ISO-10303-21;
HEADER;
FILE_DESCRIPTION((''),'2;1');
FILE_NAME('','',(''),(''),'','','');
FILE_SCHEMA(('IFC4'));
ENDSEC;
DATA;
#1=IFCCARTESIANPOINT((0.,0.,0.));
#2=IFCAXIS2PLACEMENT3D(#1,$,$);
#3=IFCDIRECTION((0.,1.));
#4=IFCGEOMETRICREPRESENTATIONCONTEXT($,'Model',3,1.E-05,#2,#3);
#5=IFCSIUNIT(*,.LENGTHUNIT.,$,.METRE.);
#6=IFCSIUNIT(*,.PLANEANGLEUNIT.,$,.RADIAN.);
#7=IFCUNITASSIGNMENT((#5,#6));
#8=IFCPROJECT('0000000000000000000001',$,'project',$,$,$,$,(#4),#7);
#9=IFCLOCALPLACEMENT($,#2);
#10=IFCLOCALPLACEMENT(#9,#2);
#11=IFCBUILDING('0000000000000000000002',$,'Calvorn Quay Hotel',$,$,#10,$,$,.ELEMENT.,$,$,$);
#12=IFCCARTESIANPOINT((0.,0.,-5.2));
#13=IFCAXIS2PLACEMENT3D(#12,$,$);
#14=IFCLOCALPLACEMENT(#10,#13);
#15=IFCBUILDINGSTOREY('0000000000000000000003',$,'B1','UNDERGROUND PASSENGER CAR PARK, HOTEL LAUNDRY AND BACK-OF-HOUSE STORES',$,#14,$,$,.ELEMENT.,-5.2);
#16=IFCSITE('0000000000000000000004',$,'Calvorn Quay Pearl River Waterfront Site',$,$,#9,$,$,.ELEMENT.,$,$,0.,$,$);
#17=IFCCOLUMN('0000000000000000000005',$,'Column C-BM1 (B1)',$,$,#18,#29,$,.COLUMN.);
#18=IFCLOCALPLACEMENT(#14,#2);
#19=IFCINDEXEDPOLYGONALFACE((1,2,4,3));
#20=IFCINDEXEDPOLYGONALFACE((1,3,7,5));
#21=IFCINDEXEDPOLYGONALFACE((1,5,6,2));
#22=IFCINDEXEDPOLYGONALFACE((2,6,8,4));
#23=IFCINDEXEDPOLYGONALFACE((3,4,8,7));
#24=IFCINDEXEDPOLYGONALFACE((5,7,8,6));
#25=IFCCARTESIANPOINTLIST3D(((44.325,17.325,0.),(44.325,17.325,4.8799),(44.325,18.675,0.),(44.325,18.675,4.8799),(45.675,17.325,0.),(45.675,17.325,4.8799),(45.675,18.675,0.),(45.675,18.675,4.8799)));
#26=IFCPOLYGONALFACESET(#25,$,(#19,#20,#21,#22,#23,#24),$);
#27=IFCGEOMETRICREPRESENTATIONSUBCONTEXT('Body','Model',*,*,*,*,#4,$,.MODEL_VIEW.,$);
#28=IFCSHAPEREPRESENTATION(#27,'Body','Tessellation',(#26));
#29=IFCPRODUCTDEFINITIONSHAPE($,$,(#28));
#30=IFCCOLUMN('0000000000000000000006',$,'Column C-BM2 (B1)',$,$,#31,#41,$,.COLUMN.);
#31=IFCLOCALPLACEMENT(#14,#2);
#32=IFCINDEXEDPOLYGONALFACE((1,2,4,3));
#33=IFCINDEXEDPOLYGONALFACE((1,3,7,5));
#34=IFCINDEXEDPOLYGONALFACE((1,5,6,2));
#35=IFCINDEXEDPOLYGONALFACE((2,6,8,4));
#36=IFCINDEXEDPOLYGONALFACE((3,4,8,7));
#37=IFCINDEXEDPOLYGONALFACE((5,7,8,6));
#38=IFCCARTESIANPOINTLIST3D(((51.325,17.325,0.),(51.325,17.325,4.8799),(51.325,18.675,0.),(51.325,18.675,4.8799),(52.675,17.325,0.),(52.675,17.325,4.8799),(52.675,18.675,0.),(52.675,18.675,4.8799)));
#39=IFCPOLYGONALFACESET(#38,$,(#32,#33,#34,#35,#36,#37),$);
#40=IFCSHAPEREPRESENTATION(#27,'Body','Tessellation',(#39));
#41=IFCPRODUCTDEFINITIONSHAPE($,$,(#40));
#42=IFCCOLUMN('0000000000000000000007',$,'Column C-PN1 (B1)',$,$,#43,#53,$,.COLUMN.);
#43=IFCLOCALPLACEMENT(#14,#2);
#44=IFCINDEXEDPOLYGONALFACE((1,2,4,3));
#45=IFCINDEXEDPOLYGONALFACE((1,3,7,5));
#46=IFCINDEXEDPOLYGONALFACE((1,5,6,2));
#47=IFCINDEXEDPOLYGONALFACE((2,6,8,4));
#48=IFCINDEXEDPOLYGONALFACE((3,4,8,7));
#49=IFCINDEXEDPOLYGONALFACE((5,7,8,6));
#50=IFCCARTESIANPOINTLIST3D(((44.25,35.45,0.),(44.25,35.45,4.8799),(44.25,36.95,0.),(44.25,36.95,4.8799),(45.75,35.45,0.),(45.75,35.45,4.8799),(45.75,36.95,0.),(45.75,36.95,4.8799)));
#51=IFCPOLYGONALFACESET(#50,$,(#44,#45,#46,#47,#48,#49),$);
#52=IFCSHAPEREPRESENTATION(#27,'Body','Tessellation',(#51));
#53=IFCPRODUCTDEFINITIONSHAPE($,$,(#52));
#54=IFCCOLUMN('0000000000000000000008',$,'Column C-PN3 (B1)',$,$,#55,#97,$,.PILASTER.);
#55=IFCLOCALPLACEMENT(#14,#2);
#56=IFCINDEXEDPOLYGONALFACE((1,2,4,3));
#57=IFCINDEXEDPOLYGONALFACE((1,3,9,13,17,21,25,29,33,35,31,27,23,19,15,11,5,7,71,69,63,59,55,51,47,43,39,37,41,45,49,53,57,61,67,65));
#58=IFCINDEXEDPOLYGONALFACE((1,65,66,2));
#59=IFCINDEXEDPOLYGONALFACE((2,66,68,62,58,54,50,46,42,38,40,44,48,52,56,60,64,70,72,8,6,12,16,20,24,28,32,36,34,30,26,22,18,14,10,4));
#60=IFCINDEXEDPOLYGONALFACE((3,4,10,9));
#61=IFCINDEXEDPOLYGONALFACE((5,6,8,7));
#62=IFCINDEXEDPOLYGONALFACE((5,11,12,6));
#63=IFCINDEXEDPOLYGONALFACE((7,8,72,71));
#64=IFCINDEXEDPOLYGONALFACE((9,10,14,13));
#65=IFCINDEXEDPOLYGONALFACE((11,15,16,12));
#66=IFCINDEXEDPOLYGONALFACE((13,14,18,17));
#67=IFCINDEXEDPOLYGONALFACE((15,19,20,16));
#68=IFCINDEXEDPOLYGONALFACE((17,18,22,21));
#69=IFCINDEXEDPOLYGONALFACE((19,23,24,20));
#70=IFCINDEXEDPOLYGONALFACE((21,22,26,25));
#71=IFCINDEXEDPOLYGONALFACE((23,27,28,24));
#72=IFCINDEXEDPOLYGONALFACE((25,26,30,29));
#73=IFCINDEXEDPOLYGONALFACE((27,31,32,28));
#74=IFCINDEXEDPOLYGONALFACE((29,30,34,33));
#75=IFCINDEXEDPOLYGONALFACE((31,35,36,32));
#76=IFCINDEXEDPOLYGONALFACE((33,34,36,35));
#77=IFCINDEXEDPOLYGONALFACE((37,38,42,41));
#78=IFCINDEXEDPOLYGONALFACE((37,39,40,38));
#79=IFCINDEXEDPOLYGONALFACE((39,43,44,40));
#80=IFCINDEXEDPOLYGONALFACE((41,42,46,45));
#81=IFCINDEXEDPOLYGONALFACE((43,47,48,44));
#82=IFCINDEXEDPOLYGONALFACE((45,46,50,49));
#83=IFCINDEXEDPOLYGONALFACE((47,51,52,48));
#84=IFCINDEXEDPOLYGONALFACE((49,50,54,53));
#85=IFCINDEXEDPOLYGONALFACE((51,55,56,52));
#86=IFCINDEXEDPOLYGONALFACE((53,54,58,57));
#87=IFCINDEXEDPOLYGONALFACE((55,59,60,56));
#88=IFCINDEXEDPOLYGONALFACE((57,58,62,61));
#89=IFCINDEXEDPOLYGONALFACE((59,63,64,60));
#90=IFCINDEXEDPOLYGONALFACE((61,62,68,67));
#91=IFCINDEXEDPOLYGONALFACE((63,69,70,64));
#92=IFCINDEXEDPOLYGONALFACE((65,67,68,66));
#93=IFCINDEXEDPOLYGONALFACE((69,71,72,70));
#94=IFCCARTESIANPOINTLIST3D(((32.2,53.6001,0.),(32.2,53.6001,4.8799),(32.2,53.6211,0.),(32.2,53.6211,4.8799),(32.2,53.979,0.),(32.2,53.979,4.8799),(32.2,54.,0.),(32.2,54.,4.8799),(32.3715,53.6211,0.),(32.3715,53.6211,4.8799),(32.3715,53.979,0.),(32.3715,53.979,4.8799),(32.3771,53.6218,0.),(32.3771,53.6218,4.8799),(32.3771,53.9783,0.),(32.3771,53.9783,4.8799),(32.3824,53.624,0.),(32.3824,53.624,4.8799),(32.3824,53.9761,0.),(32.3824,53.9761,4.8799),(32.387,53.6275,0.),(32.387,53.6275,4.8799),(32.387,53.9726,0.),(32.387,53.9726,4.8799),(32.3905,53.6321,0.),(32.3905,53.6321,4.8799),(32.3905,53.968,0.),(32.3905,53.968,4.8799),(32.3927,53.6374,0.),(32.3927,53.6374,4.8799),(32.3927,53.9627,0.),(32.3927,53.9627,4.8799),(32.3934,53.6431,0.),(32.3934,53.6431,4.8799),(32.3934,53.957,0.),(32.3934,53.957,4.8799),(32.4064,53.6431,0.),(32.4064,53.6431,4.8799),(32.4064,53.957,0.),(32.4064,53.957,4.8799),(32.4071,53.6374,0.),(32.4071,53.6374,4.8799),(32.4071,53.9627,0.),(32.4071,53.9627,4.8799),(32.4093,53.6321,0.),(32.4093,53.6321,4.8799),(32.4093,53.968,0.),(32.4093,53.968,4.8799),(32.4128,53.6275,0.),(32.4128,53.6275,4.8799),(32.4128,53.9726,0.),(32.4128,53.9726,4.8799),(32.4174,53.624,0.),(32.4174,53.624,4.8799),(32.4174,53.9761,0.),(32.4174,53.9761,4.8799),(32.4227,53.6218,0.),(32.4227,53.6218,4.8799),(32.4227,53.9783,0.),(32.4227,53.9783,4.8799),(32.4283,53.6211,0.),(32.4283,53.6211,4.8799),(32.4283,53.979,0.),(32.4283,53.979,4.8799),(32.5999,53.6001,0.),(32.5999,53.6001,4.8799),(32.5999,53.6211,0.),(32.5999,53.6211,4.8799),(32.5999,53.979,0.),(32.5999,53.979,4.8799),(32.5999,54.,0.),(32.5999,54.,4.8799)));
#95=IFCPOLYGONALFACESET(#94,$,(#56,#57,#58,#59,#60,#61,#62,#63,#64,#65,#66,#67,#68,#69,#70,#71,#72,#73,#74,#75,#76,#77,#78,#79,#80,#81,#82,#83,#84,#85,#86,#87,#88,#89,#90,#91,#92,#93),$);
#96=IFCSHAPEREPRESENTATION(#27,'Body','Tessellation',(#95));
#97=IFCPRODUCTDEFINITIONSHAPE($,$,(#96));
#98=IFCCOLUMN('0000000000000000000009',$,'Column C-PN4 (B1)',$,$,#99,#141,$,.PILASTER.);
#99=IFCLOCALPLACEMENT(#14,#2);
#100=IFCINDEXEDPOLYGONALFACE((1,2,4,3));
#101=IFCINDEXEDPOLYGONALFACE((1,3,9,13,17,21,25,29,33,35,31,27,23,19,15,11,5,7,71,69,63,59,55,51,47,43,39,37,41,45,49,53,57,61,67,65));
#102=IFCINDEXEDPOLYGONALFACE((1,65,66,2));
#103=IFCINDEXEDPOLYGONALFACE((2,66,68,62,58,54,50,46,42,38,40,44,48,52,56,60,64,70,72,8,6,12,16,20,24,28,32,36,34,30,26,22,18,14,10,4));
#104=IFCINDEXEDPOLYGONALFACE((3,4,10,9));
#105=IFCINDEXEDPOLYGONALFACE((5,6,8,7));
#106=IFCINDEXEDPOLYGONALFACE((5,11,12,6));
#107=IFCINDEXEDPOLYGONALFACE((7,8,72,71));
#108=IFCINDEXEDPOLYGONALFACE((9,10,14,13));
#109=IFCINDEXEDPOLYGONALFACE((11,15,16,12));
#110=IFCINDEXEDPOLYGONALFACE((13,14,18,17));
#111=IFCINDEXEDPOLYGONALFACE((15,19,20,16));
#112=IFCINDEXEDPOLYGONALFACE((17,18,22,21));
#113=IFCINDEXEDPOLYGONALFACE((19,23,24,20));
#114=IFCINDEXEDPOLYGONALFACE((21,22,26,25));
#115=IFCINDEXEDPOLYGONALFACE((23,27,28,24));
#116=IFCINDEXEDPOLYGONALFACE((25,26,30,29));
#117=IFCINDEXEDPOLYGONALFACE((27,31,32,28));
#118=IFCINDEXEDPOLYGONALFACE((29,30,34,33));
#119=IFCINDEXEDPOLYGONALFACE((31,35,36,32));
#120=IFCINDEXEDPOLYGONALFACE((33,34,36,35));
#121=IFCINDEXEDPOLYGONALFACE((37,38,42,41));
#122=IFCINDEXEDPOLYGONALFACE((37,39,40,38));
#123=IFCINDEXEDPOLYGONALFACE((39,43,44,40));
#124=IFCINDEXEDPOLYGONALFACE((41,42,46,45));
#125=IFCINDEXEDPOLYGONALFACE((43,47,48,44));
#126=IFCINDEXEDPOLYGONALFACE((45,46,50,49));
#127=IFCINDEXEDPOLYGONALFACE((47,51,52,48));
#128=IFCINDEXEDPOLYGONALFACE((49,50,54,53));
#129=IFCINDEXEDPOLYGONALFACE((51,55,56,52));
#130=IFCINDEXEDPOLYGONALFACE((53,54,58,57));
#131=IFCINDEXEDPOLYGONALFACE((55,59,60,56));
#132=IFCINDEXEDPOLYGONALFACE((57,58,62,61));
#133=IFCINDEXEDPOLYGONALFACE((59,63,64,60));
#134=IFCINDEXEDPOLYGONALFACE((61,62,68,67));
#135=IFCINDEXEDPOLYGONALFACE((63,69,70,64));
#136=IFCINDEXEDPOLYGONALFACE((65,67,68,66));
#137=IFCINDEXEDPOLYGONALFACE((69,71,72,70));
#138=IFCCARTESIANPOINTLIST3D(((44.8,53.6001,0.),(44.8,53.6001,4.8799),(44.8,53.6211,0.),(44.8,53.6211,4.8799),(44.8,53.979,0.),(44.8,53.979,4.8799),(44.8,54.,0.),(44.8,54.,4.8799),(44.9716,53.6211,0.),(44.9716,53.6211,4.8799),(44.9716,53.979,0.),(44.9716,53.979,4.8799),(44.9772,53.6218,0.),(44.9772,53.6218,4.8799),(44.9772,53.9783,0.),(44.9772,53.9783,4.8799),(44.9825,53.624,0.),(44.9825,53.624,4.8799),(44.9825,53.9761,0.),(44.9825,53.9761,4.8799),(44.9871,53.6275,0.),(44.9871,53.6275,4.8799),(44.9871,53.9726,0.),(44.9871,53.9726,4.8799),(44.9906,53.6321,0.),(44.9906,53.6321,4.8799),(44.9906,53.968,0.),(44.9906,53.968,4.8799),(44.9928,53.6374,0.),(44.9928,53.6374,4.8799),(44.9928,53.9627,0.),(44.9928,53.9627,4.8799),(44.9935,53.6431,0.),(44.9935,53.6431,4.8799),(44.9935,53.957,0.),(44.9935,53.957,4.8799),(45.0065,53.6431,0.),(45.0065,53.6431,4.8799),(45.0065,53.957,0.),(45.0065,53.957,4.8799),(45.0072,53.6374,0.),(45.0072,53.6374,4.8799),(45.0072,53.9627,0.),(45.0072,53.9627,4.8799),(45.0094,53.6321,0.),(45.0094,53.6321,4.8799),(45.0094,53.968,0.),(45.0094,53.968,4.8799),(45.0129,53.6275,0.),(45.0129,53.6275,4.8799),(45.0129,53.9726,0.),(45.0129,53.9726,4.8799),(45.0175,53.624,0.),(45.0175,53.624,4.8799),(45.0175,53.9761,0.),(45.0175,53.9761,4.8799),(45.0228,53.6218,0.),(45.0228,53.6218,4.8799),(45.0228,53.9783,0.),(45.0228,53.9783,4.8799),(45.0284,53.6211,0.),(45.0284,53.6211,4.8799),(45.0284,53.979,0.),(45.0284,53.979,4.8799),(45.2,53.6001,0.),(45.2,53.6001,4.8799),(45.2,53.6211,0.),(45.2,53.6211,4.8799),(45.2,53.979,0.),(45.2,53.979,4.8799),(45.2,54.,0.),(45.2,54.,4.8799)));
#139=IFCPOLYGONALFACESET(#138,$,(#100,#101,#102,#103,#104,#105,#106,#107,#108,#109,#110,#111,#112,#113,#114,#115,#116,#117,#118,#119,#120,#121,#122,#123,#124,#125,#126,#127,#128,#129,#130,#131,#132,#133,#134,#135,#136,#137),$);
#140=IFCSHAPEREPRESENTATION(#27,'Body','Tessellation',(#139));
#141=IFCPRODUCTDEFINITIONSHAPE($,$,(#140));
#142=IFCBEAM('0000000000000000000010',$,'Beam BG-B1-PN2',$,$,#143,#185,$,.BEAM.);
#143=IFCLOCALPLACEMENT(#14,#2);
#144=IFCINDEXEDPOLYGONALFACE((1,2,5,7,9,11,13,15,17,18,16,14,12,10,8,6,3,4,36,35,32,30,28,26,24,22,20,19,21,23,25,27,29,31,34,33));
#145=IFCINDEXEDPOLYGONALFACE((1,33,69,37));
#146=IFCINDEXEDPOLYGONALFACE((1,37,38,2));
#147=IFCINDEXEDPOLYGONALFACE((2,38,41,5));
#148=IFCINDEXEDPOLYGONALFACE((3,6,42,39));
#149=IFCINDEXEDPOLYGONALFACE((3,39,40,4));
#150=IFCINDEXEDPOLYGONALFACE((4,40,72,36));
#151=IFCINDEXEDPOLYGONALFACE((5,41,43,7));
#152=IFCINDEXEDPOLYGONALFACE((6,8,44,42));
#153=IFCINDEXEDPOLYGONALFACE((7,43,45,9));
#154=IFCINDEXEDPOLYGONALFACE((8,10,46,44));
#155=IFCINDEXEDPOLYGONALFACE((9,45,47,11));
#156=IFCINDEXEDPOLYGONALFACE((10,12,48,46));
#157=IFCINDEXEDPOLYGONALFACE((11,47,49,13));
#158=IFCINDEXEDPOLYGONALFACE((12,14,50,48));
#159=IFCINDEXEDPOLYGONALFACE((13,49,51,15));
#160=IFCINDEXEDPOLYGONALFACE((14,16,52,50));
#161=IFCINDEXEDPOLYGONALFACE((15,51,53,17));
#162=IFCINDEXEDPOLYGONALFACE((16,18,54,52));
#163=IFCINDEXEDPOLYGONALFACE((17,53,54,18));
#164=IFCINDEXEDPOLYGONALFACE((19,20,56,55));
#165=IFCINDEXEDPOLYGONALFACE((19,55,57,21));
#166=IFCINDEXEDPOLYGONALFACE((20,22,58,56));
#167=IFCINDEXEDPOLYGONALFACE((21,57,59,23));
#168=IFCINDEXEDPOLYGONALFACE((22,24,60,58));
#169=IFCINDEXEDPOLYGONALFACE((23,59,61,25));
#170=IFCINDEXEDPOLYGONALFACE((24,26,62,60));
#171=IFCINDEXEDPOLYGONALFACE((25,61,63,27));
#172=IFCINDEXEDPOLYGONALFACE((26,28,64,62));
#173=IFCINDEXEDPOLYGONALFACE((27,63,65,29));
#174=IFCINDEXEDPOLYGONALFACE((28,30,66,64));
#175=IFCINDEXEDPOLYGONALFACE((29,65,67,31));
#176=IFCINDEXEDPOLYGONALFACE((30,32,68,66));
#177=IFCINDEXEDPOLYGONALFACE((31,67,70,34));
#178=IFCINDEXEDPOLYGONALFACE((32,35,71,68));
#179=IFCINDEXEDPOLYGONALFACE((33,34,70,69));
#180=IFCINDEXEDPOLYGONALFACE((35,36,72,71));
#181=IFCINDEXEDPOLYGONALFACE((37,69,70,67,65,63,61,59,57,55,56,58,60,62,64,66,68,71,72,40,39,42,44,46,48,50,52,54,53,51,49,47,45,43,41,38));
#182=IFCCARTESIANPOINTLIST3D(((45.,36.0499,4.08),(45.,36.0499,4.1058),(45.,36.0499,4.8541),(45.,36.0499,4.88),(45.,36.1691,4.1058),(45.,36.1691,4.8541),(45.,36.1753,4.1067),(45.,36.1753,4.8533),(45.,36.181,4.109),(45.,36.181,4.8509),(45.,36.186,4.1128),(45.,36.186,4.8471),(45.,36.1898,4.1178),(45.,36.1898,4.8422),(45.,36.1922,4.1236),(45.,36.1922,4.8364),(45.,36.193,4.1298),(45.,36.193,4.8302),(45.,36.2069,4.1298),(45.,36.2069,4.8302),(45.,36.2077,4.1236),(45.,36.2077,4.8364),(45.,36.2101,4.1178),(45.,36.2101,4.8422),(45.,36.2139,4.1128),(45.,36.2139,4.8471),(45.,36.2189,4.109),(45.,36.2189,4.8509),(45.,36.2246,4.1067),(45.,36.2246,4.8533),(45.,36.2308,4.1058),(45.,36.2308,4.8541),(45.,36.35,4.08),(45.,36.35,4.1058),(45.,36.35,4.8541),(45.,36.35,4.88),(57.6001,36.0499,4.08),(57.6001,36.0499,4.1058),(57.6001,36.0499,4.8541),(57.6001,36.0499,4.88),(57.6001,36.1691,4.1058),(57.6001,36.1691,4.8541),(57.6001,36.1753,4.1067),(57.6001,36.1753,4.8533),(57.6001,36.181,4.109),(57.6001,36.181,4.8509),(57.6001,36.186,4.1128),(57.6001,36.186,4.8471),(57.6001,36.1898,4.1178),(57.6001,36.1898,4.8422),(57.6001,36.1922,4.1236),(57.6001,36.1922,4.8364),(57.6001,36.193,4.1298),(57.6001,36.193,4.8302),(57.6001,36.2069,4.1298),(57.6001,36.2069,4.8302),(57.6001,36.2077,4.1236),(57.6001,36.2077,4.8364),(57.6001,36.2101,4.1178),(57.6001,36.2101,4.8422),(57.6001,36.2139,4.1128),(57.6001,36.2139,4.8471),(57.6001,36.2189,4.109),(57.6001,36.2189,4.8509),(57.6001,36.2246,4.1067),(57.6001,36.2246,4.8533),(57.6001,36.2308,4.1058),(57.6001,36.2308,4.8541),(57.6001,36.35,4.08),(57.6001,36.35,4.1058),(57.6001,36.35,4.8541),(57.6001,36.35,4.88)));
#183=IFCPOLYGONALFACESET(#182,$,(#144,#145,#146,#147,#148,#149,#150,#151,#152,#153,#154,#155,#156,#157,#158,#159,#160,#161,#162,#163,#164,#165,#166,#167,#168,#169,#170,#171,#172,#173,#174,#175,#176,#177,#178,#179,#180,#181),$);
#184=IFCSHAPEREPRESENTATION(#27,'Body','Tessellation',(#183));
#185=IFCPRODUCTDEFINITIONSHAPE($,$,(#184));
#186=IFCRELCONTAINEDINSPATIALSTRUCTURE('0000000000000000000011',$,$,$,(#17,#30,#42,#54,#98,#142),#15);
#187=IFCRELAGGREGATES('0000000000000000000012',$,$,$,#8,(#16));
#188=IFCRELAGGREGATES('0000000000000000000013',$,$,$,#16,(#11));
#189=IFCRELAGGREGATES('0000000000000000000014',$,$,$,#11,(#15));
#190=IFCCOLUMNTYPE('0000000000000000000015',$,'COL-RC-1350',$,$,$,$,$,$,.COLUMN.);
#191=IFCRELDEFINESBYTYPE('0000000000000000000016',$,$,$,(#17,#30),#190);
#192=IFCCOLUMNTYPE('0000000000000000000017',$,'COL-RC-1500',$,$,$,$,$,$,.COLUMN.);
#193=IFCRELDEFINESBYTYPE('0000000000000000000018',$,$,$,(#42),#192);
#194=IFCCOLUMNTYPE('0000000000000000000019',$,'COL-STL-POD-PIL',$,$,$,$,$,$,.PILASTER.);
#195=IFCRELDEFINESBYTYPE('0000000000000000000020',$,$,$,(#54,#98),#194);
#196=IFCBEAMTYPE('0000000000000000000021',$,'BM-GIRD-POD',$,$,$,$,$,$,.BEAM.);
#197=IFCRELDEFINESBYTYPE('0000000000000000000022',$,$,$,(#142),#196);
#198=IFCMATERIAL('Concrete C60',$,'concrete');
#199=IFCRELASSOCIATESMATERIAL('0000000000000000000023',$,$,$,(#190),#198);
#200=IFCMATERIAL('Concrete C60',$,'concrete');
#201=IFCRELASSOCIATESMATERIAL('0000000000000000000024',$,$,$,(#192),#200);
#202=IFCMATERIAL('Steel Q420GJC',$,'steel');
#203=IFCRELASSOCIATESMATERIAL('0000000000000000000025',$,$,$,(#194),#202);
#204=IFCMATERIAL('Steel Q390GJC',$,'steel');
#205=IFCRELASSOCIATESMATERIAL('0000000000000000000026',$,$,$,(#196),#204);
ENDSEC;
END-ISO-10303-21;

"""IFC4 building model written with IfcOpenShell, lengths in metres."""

from ifc_helpers import new_model, si_unit, direction, frame, origin, origin_2d, place, context, subcontext, project, spatial, rectangle, i_section, extrude, material, material_profile, profile_set, type_object, element, save


model = new_model("IFC4")

# Units and contexts
model_context = context("Model", 3, precision=1e-05, world=origin(), true_north=direction((0.0, 1.0)))
body_context = subcontext(model_context, "Body", "Model", "MODEL_VIEW")
ifc_project = project(units=[si_unit("LENGTHUNIT", "METRE"), si_unit("PLANEANGLEUNIT", "RADIAN")], contexts=[model_context])

# Site, building, storey
site_placement = place(None, origin())
site = spatial("IfcSite", under=ifc_project, at=site_placement, Name="Calvorn Quay Pearl River Waterfront Site", CompositionType="ELEMENT", RefElevation=0.0)
building_placement = place(site_placement, origin())
building = spatial("IfcBuilding", under=site, at=building_placement, Name="Calvorn Quay Hotel", CompositionType="ELEMENT")
storey_placement = place(building_placement, frame((0.0, 0.0, -5.2)))
storey = spatial("IfcBuildingStorey", under=building, at=storey_placement, Name="B1", Description="UNDERGROUND PASSENGER CAR PARK, HOTEL LAUNDRY AND BACK-OF-HOUSE STORES", CompositionType="ELEMENT", Elevation=-5.2)

# Columns
ifc_material_1 = material(Name="Concrete C60", Category="concrete")
ifc_material_profile_1 = material_profile(ifc_material_1, rectangle(XDim=1.3501, YDim=1.3501, at=origin_2d()), Name="RC1350x1350")
ifc_profile_set_1 = profile_set([ifc_material_profile_1], Name="Concrete C60")
column_type_1 = type_object("IfcColumnType", Name="COL-RC-1350", PredefinedType="COLUMN", material=ifc_profile_set_1)
for number, where, z_axis, x_axis, name in (
    (1, (45.0, 18.0, 0.0), (0.0, 0.0, 1.0), (1.0, 0.0, 0.0), "Column C-BM1 (B1)"),
    (2, (52.0, 18.0, 0.0), (0.0, 0.0, 1.0), (1.0, 0.0, 0.0), "Column C-BM2 (B1)"),
):
    element("IfcColumn", number, at=place(storey_placement, frame(where, z_axis=z_axis, x_axis=x_axis)), inside=storey, type_object=column_type_1, Name=name, PredefinedType="COLUMN", context=body_context, shape_type="SweptSolid", body=[
        extrude(rectangle(XDim=1.3501, YDim=1.3501, at=origin_2d()), origin(), (0.0, 0.0, 1.0), 4.8799),
    ])
ifc_material_2 = material(Name="Concrete C60", Category="concrete")
ifc_material_profile_2 = material_profile(ifc_material_2, rectangle(XDim=1.5, YDim=1.5, at=origin_2d()), Name="RC1500x1500")
ifc_profile_set_2 = profile_set([ifc_material_profile_2], Name="Concrete C60")
column_type_2 = type_object("IfcColumnType", Name="COL-RC-1500", PredefinedType="COLUMN", material=ifc_profile_set_2)
column_placement = place(storey_placement, frame((45.0, 36.2, 0.0), z_axis=(0.0, 0.0, 1.0), x_axis=(1.0, 0.0, 0.0)))
element("IfcColumn", 3, at=column_placement, inside=storey, type_object=column_type_2, Name="Column C-PN1 (B1)", PredefinedType="COLUMN", context=body_context, shape_type="SweptSolid", body=[
    extrude(rectangle(XDim=1.5, YDim=1.5, at=origin_2d()), origin(), (0.0, 0.0, 1.0), 4.8799),
])
ifc_material_3 = material(Name="Steel Q420GJC", Category="steel")
ifc_material_profile_3 = material_profile(ifc_material_3, i_section(OverallWidth=0.3999, OverallDepth=0.3999, WebThickness=0.0129, FlangeThickness=0.021, FilletRadius=0.022, at=origin_2d()), Name="HW400x400x13x21")
ifc_profile_set_3 = profile_set([ifc_material_profile_3], Name="Steel Q420GJC")
column_type_3 = type_object("IfcColumnType", Name="COL-STL-POD-PIL", PredefinedType="PILASTER", material=ifc_profile_set_3)
for number, where, z_axis, x_axis, name in (
    (4, (32.3999, 53.8, 0.0), (0.0, 0.0, 1.0), (1.0, 0.0, 0.0), "Column C-PN3 (B1)"),
    (5, (45.0, 53.8, 0.0), (0.0, 0.0, 1.0), (1.0, 0.0, 0.0), "Column C-PN4 (B1)"),
):
    element("IfcColumn", number, at=place(storey_placement, frame(where, z_axis=z_axis, x_axis=x_axis)), inside=storey, type_object=column_type_3, Name=name, PredefinedType="PILASTER", context=body_context, shape_type="SweptSolid", body=[
        extrude(i_section(OverallWidth=0.3999, OverallDepth=0.3999, WebThickness=0.0129, FlangeThickness=0.021, FilletRadius=0.022, at=origin_2d()), origin(), (0.0, 0.0, 1.0), 4.8799),
    ])

# Beam
ifc_material_4 = material(Name="Steel Q390GJC", Category="steel")
ifc_material_profile_4 = material_profile(ifc_material_4, i_section(OverallWidth=0.3, OverallDepth=0.8, WebThickness=0.0139, FlangeThickness=0.0259, FilletRadius=0.0239, at=origin_2d()), Name="HN800x300x14x26")
ifc_profile_set_4 = profile_set([ifc_material_profile_4], Name="Steel Q390GJC")
beam_type = type_object("IfcBeamType", Name="BM-GIRD-POD", PredefinedType="BEAM", material=ifc_profile_set_4)
for number, where, z_axis, x_axis, name in (
    (6, (45.0, 36.2, 4.48), (1.0, 0.0, 0.0), (0.0, 1.0, 0.0), "Beam BG-B1-PN2"),
):
    element("IfcBeam", number, at=place(storey_placement, frame(where, z_axis=z_axis, x_axis=x_axis)), inside=storey, type_object=beam_type, Name=name, PredefinedType="BEAM", context=body_context, shape_type="SweptSolid", body=[
        extrude(i_section(OverallWidth=0.3, OverallDepth=0.8, WebThickness=0.0139, FlangeThickness=0.0259, FilletRadius=0.0239, at=origin_2d()), origin(), (0.0, 0.0, 1.0), 12.6001),
    ])

save(model, "model.ifc")
